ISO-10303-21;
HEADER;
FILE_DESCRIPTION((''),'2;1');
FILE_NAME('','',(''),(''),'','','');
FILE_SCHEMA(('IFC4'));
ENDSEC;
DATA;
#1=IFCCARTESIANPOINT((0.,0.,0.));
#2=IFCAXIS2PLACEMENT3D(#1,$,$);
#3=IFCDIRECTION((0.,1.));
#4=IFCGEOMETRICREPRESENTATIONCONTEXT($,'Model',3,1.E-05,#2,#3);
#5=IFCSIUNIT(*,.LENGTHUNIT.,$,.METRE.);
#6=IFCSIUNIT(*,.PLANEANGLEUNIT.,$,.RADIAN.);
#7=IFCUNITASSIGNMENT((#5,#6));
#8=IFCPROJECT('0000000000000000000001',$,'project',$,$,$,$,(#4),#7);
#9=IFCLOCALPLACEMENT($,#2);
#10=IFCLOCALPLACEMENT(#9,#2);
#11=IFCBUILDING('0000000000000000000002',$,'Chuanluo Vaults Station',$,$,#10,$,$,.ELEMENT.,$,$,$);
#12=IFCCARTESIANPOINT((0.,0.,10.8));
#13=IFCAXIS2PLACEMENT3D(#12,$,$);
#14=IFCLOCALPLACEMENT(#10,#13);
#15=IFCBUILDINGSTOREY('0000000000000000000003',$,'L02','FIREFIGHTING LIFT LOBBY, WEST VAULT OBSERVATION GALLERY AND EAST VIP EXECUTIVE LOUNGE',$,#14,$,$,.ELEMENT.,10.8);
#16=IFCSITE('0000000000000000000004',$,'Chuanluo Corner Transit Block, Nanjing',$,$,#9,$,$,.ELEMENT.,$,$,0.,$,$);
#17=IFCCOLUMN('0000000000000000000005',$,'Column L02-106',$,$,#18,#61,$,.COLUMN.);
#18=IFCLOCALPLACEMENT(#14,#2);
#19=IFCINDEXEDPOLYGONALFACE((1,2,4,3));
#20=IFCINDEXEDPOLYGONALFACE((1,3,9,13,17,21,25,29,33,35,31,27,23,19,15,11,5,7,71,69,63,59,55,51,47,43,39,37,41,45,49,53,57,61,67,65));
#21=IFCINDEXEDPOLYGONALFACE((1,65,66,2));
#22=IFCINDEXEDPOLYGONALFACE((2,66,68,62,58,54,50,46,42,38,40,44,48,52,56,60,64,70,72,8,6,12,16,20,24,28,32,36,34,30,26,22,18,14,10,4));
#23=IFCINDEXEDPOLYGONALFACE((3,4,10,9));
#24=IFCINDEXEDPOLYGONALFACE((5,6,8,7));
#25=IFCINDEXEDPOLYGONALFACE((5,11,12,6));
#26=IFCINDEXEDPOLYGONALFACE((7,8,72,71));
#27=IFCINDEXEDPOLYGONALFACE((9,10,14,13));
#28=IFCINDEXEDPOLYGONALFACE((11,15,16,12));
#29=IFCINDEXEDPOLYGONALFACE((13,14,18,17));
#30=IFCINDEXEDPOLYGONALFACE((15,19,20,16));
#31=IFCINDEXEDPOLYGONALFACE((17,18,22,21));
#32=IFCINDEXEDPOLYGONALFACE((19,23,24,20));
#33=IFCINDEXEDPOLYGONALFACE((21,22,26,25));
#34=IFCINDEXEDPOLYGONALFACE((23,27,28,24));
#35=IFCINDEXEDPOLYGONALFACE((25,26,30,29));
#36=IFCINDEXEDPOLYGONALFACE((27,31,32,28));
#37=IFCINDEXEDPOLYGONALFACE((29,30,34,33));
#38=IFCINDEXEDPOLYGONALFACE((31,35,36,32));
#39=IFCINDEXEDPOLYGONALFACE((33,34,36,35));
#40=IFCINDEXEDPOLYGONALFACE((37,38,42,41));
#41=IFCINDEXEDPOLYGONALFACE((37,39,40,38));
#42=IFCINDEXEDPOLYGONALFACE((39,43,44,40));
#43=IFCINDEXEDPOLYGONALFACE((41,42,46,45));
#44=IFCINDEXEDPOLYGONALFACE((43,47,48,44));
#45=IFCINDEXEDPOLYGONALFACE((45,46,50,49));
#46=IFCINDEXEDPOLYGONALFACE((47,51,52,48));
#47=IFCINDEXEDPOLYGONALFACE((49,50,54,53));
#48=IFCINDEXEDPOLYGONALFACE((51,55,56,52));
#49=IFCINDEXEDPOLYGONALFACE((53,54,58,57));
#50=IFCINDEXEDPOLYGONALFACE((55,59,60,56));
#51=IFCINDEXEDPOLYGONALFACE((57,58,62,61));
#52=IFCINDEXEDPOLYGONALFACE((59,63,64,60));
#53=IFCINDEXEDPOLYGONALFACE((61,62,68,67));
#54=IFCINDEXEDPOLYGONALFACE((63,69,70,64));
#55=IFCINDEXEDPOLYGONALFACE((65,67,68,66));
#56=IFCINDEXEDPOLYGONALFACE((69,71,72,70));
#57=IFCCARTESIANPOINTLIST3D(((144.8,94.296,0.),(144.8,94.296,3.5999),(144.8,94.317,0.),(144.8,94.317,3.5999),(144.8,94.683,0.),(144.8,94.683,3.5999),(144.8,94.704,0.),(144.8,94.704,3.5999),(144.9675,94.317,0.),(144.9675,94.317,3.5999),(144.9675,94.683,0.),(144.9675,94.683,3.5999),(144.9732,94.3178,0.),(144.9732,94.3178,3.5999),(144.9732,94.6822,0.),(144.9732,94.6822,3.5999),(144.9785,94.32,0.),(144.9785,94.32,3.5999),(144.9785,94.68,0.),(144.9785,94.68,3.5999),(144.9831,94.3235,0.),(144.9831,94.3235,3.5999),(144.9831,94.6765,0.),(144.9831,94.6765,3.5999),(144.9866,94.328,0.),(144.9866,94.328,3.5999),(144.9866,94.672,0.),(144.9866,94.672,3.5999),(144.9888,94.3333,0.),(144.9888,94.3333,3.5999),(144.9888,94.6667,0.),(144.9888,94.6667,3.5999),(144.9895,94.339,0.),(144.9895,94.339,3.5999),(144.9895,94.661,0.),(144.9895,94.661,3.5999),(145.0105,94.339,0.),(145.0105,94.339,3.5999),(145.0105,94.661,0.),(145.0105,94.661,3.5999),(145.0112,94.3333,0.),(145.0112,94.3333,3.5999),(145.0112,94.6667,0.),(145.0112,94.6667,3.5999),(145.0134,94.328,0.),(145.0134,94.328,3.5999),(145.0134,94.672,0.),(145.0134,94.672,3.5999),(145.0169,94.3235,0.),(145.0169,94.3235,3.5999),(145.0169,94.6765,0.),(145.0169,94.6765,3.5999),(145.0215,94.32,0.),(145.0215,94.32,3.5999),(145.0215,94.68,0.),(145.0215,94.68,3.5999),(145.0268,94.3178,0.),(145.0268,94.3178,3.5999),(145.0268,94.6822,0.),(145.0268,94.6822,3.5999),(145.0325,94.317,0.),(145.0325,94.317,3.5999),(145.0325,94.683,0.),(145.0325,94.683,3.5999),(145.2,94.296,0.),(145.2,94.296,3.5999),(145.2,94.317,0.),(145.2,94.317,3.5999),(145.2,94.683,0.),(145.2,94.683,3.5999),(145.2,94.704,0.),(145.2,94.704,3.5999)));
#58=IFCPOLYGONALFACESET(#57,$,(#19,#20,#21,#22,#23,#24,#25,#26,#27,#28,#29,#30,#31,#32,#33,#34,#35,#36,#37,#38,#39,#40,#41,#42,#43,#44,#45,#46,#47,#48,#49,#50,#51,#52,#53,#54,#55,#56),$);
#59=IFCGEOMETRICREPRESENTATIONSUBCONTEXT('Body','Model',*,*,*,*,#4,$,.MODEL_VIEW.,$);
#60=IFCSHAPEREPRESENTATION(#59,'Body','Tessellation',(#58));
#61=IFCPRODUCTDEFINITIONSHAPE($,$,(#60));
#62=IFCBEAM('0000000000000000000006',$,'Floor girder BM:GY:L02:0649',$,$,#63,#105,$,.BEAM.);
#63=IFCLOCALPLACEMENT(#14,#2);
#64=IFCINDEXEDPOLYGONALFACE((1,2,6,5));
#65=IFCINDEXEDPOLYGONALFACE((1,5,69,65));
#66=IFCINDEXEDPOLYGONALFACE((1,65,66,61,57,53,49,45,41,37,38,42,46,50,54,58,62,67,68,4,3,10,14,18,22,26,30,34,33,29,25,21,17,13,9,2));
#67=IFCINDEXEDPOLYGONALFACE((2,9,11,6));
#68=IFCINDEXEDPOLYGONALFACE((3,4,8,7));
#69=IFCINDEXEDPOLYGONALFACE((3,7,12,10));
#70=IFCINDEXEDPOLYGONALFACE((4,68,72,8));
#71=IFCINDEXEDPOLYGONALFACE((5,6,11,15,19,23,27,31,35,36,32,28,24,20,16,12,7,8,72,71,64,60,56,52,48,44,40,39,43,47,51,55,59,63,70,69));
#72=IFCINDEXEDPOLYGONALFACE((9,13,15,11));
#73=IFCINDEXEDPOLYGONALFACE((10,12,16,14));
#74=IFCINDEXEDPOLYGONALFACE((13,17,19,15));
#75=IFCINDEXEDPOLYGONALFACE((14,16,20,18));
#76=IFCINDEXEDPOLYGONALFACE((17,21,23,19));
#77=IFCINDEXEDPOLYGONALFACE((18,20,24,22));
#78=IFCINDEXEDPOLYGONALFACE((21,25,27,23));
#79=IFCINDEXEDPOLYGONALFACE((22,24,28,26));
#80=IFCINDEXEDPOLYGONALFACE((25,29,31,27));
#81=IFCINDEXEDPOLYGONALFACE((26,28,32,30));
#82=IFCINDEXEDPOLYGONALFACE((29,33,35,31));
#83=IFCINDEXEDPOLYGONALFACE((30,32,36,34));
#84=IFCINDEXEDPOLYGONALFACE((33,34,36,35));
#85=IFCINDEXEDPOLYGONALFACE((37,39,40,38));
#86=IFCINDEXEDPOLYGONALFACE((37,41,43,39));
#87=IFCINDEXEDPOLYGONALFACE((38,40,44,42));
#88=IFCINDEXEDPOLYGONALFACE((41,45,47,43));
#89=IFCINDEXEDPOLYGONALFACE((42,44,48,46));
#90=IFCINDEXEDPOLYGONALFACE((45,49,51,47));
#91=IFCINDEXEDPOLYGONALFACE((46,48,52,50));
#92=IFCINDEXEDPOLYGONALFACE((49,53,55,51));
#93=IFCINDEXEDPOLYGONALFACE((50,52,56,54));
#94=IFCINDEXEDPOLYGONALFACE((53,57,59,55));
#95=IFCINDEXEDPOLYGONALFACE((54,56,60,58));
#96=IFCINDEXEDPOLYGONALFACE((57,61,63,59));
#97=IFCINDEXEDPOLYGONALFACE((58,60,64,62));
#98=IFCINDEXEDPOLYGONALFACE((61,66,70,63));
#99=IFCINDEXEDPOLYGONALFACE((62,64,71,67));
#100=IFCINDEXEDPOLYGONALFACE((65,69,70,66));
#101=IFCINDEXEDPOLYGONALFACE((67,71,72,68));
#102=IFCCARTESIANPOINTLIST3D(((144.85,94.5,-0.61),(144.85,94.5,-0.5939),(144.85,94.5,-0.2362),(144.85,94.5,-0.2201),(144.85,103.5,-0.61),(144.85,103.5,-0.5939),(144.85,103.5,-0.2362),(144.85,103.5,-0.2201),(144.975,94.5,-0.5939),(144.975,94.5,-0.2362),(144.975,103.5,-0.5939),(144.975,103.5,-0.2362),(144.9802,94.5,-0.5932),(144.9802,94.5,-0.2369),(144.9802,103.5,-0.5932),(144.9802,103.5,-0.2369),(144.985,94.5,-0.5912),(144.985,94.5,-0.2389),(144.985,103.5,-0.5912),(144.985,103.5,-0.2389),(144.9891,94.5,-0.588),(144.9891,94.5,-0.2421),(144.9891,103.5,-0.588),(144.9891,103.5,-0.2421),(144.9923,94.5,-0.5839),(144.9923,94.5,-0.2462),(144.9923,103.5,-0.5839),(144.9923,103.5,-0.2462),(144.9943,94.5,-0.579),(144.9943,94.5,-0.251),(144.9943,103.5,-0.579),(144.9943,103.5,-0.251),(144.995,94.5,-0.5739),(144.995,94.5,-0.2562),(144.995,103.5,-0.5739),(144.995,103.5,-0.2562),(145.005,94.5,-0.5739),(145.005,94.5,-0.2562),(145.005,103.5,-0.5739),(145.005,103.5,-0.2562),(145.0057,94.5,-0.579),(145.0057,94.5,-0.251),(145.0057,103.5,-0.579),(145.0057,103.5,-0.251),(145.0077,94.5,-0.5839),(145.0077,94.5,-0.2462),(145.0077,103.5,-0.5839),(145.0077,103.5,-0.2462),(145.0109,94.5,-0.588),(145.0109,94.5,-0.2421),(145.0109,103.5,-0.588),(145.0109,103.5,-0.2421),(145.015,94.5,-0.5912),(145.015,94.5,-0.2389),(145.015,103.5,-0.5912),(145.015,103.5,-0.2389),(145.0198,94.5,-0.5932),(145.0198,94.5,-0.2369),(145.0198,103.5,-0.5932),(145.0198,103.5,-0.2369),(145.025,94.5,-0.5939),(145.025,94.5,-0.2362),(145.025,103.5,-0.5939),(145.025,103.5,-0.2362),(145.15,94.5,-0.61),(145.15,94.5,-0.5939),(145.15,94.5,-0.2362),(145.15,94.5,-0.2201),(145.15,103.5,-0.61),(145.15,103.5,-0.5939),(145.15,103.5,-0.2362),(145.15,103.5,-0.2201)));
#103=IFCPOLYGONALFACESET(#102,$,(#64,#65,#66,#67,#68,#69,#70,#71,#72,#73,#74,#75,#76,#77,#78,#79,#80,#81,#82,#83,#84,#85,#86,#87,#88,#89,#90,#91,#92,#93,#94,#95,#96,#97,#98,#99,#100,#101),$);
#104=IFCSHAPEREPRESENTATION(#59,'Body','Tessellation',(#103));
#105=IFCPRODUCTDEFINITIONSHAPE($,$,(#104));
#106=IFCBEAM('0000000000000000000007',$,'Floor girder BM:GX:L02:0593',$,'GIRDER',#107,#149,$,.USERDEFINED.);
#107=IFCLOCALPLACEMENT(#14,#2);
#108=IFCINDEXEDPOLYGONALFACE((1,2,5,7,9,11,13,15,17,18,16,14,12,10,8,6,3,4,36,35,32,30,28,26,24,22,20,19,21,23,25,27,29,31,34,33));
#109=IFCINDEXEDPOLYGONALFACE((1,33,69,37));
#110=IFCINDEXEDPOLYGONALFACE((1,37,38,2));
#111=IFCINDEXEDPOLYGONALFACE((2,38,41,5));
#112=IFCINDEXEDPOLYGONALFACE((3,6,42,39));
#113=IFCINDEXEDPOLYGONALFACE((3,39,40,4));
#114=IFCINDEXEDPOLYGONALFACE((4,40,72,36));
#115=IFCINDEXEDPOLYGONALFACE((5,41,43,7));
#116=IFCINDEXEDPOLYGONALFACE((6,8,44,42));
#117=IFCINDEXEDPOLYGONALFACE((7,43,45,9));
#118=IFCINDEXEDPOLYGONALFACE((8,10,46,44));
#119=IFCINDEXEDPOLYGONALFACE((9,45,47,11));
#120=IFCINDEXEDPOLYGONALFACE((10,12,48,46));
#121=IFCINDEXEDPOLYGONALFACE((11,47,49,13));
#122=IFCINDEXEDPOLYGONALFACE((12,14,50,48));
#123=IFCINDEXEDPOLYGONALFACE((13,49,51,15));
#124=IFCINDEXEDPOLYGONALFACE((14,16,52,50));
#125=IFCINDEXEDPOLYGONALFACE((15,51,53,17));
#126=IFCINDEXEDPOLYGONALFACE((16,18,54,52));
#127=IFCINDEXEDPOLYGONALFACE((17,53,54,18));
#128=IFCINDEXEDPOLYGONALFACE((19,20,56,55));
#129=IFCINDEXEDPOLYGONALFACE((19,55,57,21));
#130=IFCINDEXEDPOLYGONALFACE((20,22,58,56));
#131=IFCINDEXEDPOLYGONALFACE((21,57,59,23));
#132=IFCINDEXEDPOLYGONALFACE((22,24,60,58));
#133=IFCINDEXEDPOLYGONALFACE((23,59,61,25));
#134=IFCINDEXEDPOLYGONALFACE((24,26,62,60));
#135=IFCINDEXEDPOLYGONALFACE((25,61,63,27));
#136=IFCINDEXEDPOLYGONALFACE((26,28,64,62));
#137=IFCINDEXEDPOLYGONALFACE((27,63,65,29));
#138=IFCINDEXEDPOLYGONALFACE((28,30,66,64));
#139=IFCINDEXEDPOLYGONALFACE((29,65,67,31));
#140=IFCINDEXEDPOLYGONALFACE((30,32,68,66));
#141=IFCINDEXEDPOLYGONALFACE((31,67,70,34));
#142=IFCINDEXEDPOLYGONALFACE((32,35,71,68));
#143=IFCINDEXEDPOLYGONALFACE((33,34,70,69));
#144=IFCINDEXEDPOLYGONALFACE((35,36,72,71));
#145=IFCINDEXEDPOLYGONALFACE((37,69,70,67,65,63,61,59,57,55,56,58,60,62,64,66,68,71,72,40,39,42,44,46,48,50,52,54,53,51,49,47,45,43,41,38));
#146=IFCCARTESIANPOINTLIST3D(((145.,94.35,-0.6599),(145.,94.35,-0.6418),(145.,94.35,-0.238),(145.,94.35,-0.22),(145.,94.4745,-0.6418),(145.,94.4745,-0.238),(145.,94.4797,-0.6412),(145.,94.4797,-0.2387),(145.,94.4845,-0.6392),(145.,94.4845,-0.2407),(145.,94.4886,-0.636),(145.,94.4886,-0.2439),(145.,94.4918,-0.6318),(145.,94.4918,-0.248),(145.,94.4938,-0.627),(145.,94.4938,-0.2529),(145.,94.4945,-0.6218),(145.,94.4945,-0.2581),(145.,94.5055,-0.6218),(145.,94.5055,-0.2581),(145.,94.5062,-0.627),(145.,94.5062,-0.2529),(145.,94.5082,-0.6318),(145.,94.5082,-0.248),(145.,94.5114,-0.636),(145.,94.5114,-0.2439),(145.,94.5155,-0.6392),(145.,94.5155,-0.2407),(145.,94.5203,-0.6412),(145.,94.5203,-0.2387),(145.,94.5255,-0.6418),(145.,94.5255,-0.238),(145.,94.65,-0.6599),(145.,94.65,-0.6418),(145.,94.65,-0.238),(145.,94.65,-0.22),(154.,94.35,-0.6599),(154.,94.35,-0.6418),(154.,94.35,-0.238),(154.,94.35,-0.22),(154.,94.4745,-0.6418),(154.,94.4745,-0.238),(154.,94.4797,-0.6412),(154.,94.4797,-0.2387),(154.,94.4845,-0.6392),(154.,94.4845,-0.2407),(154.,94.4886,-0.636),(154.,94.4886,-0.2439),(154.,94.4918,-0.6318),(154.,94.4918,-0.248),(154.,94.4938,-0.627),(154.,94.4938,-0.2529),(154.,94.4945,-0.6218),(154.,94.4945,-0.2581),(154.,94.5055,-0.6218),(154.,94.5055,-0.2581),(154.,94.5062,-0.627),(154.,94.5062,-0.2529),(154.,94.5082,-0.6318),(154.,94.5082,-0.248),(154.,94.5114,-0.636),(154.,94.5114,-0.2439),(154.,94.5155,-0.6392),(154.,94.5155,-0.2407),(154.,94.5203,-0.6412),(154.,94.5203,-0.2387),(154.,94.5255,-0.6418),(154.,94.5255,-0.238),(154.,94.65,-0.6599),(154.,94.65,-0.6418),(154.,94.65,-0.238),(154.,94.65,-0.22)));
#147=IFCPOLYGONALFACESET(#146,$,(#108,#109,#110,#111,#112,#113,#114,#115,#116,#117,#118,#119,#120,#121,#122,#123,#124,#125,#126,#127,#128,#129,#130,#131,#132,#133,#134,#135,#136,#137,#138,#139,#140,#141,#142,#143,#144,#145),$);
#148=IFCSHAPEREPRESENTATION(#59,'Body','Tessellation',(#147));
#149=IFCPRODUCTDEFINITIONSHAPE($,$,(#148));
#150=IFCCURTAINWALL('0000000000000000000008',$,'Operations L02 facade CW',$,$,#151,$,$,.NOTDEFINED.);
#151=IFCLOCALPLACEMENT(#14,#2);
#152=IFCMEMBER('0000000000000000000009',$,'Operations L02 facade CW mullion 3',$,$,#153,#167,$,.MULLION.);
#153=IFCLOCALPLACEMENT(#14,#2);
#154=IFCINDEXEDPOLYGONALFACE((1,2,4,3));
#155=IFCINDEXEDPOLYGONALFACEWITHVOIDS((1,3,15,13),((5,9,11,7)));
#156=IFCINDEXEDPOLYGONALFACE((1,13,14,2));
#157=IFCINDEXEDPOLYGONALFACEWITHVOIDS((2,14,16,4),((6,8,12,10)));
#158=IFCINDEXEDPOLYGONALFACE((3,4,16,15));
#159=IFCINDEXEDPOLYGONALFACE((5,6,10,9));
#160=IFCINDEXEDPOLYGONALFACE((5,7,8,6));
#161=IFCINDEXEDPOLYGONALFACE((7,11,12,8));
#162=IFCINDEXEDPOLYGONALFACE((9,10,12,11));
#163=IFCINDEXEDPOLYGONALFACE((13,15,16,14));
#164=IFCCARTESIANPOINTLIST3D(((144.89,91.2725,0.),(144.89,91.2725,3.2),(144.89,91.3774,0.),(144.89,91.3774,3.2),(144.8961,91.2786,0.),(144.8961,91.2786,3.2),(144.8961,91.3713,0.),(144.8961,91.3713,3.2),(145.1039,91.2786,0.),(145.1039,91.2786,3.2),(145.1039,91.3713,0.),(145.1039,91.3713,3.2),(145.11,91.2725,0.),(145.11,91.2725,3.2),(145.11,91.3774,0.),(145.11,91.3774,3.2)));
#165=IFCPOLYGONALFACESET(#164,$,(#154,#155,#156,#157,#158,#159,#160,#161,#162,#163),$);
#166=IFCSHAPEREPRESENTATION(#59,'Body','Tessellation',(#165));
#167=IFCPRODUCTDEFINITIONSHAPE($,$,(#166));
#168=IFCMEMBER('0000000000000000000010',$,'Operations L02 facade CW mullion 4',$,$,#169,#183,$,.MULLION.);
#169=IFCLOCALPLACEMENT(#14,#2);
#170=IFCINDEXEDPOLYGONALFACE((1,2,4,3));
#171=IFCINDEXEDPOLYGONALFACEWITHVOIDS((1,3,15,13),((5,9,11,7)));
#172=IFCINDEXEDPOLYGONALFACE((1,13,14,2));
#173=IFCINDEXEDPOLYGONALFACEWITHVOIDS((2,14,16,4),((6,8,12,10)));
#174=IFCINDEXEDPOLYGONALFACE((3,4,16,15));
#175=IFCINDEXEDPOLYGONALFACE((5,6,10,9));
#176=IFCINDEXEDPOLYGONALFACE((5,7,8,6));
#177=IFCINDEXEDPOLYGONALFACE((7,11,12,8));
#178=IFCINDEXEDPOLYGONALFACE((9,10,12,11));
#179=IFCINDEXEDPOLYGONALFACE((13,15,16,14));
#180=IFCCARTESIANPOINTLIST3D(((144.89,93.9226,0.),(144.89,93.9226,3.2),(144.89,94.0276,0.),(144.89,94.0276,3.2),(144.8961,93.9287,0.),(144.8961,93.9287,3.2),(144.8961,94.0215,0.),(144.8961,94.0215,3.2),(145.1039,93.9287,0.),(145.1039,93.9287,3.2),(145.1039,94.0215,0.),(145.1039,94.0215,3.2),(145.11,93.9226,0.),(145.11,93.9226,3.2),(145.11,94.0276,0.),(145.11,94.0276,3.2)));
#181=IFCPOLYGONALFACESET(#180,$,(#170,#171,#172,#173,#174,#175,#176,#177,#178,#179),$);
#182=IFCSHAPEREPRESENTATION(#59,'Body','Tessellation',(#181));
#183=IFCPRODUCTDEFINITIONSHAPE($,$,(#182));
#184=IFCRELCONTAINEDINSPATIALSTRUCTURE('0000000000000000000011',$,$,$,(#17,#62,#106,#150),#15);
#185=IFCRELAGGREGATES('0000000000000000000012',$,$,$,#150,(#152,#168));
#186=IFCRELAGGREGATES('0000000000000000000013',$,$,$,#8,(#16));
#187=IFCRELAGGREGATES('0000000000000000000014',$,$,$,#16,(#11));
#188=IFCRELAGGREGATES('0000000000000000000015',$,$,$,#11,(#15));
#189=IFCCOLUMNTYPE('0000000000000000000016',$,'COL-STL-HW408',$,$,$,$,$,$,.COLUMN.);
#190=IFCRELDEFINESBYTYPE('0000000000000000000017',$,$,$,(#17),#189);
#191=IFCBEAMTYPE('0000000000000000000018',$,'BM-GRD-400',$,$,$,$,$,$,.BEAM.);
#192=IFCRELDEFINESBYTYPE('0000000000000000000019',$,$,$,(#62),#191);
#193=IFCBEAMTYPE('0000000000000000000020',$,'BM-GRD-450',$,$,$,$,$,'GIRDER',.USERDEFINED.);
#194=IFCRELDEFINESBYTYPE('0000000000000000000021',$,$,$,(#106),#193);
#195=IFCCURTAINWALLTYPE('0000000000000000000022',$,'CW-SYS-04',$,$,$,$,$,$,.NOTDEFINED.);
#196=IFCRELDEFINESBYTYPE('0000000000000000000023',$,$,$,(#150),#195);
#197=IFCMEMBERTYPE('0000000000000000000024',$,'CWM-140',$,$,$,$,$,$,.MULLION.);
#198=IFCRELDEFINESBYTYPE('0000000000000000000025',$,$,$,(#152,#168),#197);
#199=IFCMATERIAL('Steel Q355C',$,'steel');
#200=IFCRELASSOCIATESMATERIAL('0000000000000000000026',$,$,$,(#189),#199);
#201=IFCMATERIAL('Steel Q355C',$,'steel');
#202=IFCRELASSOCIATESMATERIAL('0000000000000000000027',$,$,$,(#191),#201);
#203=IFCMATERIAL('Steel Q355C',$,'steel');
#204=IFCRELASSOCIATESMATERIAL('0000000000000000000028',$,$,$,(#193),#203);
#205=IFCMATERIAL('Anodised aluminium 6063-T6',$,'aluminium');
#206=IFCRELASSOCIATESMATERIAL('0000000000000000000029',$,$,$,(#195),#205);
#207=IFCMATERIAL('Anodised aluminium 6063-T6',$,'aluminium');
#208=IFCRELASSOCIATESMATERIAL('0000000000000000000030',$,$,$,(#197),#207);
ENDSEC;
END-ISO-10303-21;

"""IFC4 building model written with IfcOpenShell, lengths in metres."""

from ifc_helpers import new_model, si_unit, direction, frame, origin, origin_2d, place, context, subcontext, project, spatial, hollow_rectangle, i_section, extrude, material, material_profile, profile_set, type_object, element, aggregate, save


model = new_model("IFC4")

# Units and contexts
model_context = context("Model", 3, precision=1e-05, world=origin(), true_north=direction((0.0, 1.0)))
body_context = subcontext(model_context, "Body", "Model", "MODEL_VIEW")
ifc_project = project(units=[si_unit("LENGTHUNIT", "METRE"), si_unit("PLANEANGLEUNIT", "RADIAN")], contexts=[model_context])

# Site, building, storey
site_placement = place(None, origin())
site = spatial("IfcSite", under=ifc_project, at=site_placement, Name="Chuanluo Corner Transit Block, Nanjing", CompositionType="ELEMENT", RefElevation=0.0)
building_placement = place(site_placement, origin())
building = spatial("IfcBuilding", under=site, at=building_placement, Name="Chuanluo Vaults Station", CompositionType="ELEMENT")
storey_placement = place(building_placement, frame((0.0, 0.0, 10.8)))
storey = spatial("IfcBuildingStorey", under=building, at=storey_placement, Name="L02", Description="FIREFIGHTING LIFT LOBBY, WEST VAULT OBSERVATION GALLERY AND EAST VIP EXECUTIVE LOUNGE", CompositionType="ELEMENT", Elevation=10.8)

# Column
ifc_material_1 = material(Name="Steel Q355C", Category="steel")
ifc_material_profile_1 = material_profile(ifc_material_1, i_section(OverallWidth=0.3999, OverallDepth=0.408, WebThickness=0.021, FlangeThickness=0.021, FilletRadius=0.022, at=origin_2d()))
ifc_profile_set_1 = profile_set([ifc_material_profile_1], Name="Steel Q355C")
column_type = type_object("IfcColumnType", Name="COL-STL-HW408", PredefinedType="COLUMN", material=ifc_profile_set_1)
column_placement = place(storey_placement, frame((145.0, 94.5, 0.0), z_axis=(0.0, 0.0, 1.0), x_axis=(1.0, 0.0, 0.0)))
element("IfcColumn", 1, at=column_placement, inside=storey, type_object=column_type, Name="Column L02-106", PredefinedType="COLUMN", context=body_context, shape_type="SweptSolid", body=[
    extrude(i_section(OverallWidth=0.3999, OverallDepth=0.408, WebThickness=0.021, FlangeThickness=0.021, FilletRadius=0.022, at=origin_2d()), origin(), (0.0, 0.0, 1.0), 3.5999),
])

# Beams
ifc_material_2 = material(Name="Steel Q355C", Category="steel")
ifc_material_profile_2 = material_profile(ifc_material_2, i_section(OverallWidth=0.3, OverallDepth=0.3899, WebThickness=0.01, FlangeThickness=0.0161, FilletRadius=0.02, at=origin_2d()))
ifc_profile_set_2 = profile_set([ifc_material_profile_2], Name="Steel Q355C")
beam_type_1 = type_object("IfcBeamType", Name="BM-GRD-400", PredefinedType="BEAM", material=ifc_profile_set_2)
beam_1_placement = place(storey_placement, frame((145.0, 94.5, -0.415), z_axis=(0.0, 1.0, 0.0), x_axis=(-1.0, 0.0, 0.0)))
element("IfcBeam", 2, at=beam_1_placement, inside=storey, type_object=beam_type_1, Name="Floor girder BM:GY:L02:0649", PredefinedType="BEAM", context=body_context, shape_type="SweptSolid", body=[
    extrude(i_section(OverallWidth=0.3, OverallDepth=0.3899, WebThickness=0.01, FlangeThickness=0.0161, FilletRadius=0.02, at=origin_2d()), origin(), (0.0, 0.0, 1.0), 9.0),
])
ifc_material_3 = material(Name="Steel Q355C", Category="steel")
ifc_material_profile_3 = material_profile(ifc_material_3, i_section(OverallWidth=0.3, OverallDepth=0.4399, WebThickness=0.011, FlangeThickness=0.0181, FilletRadius=0.02, at=origin_2d()))
ifc_profile_set_3 = profile_set([ifc_material_profile_3], Name="Steel Q355C")
beam_type_2 = type_object("IfcBeamType", Name="BM-GRD-450", ElementType="GIRDER", PredefinedType="USERDEFINED", material=ifc_profile_set_3)
beam_2_placement = place(storey_placement, frame((145.0, 94.5, -0.4399), z_axis=(1.0, 0.0, 0.0), x_axis=(0.0, 1.0, 0.0)))
element("IfcBeam", 3, at=beam_2_placement, inside=storey, type_object=beam_type_2, Name="Floor girder BM:GX:L02:0593", ObjectType="GIRDER", PredefinedType="USERDEFINED", context=body_context, shape_type="SweptSolid", body=[
    extrude(i_section(OverallWidth=0.3, OverallDepth=0.4399, WebThickness=0.011, FlangeThickness=0.0181, FilletRadius=0.02, at=origin_2d()), origin(), (0.0, 0.0, 1.0), 9.0),
])

# Curtain wall, members
ifc_material_4 = material(Name="Anodised aluminium 6063-T6", Category="aluminium")
curtain_wall_type_1 = type_object("IfcCurtainWallType", Name="CW-SYS-04", PredefinedType="NOTDEFINED", material=ifc_material_4)
curtain_wall_1_placement = place(storey_placement, origin())
curtain_wall_1 = element("IfcCurtainWall", 4, at=curtain_wall_1_placement, inside=storey, type_object=curtain_wall_type_1, Name="Operations L02 facade CW", PredefinedType="NOTDEFINED")
ifc_material_5 = material(Name="Anodised aluminium 6063-T6", Category="aluminium")
ifc_material_profile_4 = material_profile(ifc_material_5, hollow_rectangle(XDim=0.105, YDim=0.22, WallThickness=0.0061, at=origin_2d()))
ifc_profile_set_4 = profile_set([ifc_material_profile_4], Name="Anodised aluminium 6063-T6")
member_type_1 = type_object("IfcMemberType", Name="CWM-140", PredefinedType="MULLION", material=ifc_profile_set_4)
member_1_placement = place(storey_placement, frame((145.0, 91.325, 0.0), z_axis=(0.0, 0.0, 1.0), x_axis=(0.0, 1.0, 0.0)))
member_1 = element("IfcMember", 5, at=member_1_placement, type_object=member_type_1, Name="Operations L02 facade CW mullion 3", PredefinedType="MULLION", context=body_context, shape_type="SweptSolid", body=[
    extrude(hollow_rectangle(XDim=0.105, YDim=0.22, WallThickness=0.0061, at=origin_2d()), origin(), (0.0, 0.0, 1.0), 3.2),
])
member_2_placement = place(storey_placement, frame((145.0, 93.9751, 0.0), z_axis=(0.0, 0.0, 1.0), x_axis=(0.0, 1.0, 0.0)))
member_2 = element("IfcMember", 6, at=member_2_placement, type_object=member_type_1, Name="Operations L02 facade CW mullion 4", PredefinedType="MULLION", context=body_context, shape_type="SweptSolid", body=[
    extrude(hollow_rectangle(XDim=0.105, YDim=0.22, WallThickness=0.0061, at=origin_2d()), origin(), (0.0, 0.0, 1.0), 3.2),
])

aggregate(curtain_wall_1, [member_1, member_2])

save(model, "model.ifc")
